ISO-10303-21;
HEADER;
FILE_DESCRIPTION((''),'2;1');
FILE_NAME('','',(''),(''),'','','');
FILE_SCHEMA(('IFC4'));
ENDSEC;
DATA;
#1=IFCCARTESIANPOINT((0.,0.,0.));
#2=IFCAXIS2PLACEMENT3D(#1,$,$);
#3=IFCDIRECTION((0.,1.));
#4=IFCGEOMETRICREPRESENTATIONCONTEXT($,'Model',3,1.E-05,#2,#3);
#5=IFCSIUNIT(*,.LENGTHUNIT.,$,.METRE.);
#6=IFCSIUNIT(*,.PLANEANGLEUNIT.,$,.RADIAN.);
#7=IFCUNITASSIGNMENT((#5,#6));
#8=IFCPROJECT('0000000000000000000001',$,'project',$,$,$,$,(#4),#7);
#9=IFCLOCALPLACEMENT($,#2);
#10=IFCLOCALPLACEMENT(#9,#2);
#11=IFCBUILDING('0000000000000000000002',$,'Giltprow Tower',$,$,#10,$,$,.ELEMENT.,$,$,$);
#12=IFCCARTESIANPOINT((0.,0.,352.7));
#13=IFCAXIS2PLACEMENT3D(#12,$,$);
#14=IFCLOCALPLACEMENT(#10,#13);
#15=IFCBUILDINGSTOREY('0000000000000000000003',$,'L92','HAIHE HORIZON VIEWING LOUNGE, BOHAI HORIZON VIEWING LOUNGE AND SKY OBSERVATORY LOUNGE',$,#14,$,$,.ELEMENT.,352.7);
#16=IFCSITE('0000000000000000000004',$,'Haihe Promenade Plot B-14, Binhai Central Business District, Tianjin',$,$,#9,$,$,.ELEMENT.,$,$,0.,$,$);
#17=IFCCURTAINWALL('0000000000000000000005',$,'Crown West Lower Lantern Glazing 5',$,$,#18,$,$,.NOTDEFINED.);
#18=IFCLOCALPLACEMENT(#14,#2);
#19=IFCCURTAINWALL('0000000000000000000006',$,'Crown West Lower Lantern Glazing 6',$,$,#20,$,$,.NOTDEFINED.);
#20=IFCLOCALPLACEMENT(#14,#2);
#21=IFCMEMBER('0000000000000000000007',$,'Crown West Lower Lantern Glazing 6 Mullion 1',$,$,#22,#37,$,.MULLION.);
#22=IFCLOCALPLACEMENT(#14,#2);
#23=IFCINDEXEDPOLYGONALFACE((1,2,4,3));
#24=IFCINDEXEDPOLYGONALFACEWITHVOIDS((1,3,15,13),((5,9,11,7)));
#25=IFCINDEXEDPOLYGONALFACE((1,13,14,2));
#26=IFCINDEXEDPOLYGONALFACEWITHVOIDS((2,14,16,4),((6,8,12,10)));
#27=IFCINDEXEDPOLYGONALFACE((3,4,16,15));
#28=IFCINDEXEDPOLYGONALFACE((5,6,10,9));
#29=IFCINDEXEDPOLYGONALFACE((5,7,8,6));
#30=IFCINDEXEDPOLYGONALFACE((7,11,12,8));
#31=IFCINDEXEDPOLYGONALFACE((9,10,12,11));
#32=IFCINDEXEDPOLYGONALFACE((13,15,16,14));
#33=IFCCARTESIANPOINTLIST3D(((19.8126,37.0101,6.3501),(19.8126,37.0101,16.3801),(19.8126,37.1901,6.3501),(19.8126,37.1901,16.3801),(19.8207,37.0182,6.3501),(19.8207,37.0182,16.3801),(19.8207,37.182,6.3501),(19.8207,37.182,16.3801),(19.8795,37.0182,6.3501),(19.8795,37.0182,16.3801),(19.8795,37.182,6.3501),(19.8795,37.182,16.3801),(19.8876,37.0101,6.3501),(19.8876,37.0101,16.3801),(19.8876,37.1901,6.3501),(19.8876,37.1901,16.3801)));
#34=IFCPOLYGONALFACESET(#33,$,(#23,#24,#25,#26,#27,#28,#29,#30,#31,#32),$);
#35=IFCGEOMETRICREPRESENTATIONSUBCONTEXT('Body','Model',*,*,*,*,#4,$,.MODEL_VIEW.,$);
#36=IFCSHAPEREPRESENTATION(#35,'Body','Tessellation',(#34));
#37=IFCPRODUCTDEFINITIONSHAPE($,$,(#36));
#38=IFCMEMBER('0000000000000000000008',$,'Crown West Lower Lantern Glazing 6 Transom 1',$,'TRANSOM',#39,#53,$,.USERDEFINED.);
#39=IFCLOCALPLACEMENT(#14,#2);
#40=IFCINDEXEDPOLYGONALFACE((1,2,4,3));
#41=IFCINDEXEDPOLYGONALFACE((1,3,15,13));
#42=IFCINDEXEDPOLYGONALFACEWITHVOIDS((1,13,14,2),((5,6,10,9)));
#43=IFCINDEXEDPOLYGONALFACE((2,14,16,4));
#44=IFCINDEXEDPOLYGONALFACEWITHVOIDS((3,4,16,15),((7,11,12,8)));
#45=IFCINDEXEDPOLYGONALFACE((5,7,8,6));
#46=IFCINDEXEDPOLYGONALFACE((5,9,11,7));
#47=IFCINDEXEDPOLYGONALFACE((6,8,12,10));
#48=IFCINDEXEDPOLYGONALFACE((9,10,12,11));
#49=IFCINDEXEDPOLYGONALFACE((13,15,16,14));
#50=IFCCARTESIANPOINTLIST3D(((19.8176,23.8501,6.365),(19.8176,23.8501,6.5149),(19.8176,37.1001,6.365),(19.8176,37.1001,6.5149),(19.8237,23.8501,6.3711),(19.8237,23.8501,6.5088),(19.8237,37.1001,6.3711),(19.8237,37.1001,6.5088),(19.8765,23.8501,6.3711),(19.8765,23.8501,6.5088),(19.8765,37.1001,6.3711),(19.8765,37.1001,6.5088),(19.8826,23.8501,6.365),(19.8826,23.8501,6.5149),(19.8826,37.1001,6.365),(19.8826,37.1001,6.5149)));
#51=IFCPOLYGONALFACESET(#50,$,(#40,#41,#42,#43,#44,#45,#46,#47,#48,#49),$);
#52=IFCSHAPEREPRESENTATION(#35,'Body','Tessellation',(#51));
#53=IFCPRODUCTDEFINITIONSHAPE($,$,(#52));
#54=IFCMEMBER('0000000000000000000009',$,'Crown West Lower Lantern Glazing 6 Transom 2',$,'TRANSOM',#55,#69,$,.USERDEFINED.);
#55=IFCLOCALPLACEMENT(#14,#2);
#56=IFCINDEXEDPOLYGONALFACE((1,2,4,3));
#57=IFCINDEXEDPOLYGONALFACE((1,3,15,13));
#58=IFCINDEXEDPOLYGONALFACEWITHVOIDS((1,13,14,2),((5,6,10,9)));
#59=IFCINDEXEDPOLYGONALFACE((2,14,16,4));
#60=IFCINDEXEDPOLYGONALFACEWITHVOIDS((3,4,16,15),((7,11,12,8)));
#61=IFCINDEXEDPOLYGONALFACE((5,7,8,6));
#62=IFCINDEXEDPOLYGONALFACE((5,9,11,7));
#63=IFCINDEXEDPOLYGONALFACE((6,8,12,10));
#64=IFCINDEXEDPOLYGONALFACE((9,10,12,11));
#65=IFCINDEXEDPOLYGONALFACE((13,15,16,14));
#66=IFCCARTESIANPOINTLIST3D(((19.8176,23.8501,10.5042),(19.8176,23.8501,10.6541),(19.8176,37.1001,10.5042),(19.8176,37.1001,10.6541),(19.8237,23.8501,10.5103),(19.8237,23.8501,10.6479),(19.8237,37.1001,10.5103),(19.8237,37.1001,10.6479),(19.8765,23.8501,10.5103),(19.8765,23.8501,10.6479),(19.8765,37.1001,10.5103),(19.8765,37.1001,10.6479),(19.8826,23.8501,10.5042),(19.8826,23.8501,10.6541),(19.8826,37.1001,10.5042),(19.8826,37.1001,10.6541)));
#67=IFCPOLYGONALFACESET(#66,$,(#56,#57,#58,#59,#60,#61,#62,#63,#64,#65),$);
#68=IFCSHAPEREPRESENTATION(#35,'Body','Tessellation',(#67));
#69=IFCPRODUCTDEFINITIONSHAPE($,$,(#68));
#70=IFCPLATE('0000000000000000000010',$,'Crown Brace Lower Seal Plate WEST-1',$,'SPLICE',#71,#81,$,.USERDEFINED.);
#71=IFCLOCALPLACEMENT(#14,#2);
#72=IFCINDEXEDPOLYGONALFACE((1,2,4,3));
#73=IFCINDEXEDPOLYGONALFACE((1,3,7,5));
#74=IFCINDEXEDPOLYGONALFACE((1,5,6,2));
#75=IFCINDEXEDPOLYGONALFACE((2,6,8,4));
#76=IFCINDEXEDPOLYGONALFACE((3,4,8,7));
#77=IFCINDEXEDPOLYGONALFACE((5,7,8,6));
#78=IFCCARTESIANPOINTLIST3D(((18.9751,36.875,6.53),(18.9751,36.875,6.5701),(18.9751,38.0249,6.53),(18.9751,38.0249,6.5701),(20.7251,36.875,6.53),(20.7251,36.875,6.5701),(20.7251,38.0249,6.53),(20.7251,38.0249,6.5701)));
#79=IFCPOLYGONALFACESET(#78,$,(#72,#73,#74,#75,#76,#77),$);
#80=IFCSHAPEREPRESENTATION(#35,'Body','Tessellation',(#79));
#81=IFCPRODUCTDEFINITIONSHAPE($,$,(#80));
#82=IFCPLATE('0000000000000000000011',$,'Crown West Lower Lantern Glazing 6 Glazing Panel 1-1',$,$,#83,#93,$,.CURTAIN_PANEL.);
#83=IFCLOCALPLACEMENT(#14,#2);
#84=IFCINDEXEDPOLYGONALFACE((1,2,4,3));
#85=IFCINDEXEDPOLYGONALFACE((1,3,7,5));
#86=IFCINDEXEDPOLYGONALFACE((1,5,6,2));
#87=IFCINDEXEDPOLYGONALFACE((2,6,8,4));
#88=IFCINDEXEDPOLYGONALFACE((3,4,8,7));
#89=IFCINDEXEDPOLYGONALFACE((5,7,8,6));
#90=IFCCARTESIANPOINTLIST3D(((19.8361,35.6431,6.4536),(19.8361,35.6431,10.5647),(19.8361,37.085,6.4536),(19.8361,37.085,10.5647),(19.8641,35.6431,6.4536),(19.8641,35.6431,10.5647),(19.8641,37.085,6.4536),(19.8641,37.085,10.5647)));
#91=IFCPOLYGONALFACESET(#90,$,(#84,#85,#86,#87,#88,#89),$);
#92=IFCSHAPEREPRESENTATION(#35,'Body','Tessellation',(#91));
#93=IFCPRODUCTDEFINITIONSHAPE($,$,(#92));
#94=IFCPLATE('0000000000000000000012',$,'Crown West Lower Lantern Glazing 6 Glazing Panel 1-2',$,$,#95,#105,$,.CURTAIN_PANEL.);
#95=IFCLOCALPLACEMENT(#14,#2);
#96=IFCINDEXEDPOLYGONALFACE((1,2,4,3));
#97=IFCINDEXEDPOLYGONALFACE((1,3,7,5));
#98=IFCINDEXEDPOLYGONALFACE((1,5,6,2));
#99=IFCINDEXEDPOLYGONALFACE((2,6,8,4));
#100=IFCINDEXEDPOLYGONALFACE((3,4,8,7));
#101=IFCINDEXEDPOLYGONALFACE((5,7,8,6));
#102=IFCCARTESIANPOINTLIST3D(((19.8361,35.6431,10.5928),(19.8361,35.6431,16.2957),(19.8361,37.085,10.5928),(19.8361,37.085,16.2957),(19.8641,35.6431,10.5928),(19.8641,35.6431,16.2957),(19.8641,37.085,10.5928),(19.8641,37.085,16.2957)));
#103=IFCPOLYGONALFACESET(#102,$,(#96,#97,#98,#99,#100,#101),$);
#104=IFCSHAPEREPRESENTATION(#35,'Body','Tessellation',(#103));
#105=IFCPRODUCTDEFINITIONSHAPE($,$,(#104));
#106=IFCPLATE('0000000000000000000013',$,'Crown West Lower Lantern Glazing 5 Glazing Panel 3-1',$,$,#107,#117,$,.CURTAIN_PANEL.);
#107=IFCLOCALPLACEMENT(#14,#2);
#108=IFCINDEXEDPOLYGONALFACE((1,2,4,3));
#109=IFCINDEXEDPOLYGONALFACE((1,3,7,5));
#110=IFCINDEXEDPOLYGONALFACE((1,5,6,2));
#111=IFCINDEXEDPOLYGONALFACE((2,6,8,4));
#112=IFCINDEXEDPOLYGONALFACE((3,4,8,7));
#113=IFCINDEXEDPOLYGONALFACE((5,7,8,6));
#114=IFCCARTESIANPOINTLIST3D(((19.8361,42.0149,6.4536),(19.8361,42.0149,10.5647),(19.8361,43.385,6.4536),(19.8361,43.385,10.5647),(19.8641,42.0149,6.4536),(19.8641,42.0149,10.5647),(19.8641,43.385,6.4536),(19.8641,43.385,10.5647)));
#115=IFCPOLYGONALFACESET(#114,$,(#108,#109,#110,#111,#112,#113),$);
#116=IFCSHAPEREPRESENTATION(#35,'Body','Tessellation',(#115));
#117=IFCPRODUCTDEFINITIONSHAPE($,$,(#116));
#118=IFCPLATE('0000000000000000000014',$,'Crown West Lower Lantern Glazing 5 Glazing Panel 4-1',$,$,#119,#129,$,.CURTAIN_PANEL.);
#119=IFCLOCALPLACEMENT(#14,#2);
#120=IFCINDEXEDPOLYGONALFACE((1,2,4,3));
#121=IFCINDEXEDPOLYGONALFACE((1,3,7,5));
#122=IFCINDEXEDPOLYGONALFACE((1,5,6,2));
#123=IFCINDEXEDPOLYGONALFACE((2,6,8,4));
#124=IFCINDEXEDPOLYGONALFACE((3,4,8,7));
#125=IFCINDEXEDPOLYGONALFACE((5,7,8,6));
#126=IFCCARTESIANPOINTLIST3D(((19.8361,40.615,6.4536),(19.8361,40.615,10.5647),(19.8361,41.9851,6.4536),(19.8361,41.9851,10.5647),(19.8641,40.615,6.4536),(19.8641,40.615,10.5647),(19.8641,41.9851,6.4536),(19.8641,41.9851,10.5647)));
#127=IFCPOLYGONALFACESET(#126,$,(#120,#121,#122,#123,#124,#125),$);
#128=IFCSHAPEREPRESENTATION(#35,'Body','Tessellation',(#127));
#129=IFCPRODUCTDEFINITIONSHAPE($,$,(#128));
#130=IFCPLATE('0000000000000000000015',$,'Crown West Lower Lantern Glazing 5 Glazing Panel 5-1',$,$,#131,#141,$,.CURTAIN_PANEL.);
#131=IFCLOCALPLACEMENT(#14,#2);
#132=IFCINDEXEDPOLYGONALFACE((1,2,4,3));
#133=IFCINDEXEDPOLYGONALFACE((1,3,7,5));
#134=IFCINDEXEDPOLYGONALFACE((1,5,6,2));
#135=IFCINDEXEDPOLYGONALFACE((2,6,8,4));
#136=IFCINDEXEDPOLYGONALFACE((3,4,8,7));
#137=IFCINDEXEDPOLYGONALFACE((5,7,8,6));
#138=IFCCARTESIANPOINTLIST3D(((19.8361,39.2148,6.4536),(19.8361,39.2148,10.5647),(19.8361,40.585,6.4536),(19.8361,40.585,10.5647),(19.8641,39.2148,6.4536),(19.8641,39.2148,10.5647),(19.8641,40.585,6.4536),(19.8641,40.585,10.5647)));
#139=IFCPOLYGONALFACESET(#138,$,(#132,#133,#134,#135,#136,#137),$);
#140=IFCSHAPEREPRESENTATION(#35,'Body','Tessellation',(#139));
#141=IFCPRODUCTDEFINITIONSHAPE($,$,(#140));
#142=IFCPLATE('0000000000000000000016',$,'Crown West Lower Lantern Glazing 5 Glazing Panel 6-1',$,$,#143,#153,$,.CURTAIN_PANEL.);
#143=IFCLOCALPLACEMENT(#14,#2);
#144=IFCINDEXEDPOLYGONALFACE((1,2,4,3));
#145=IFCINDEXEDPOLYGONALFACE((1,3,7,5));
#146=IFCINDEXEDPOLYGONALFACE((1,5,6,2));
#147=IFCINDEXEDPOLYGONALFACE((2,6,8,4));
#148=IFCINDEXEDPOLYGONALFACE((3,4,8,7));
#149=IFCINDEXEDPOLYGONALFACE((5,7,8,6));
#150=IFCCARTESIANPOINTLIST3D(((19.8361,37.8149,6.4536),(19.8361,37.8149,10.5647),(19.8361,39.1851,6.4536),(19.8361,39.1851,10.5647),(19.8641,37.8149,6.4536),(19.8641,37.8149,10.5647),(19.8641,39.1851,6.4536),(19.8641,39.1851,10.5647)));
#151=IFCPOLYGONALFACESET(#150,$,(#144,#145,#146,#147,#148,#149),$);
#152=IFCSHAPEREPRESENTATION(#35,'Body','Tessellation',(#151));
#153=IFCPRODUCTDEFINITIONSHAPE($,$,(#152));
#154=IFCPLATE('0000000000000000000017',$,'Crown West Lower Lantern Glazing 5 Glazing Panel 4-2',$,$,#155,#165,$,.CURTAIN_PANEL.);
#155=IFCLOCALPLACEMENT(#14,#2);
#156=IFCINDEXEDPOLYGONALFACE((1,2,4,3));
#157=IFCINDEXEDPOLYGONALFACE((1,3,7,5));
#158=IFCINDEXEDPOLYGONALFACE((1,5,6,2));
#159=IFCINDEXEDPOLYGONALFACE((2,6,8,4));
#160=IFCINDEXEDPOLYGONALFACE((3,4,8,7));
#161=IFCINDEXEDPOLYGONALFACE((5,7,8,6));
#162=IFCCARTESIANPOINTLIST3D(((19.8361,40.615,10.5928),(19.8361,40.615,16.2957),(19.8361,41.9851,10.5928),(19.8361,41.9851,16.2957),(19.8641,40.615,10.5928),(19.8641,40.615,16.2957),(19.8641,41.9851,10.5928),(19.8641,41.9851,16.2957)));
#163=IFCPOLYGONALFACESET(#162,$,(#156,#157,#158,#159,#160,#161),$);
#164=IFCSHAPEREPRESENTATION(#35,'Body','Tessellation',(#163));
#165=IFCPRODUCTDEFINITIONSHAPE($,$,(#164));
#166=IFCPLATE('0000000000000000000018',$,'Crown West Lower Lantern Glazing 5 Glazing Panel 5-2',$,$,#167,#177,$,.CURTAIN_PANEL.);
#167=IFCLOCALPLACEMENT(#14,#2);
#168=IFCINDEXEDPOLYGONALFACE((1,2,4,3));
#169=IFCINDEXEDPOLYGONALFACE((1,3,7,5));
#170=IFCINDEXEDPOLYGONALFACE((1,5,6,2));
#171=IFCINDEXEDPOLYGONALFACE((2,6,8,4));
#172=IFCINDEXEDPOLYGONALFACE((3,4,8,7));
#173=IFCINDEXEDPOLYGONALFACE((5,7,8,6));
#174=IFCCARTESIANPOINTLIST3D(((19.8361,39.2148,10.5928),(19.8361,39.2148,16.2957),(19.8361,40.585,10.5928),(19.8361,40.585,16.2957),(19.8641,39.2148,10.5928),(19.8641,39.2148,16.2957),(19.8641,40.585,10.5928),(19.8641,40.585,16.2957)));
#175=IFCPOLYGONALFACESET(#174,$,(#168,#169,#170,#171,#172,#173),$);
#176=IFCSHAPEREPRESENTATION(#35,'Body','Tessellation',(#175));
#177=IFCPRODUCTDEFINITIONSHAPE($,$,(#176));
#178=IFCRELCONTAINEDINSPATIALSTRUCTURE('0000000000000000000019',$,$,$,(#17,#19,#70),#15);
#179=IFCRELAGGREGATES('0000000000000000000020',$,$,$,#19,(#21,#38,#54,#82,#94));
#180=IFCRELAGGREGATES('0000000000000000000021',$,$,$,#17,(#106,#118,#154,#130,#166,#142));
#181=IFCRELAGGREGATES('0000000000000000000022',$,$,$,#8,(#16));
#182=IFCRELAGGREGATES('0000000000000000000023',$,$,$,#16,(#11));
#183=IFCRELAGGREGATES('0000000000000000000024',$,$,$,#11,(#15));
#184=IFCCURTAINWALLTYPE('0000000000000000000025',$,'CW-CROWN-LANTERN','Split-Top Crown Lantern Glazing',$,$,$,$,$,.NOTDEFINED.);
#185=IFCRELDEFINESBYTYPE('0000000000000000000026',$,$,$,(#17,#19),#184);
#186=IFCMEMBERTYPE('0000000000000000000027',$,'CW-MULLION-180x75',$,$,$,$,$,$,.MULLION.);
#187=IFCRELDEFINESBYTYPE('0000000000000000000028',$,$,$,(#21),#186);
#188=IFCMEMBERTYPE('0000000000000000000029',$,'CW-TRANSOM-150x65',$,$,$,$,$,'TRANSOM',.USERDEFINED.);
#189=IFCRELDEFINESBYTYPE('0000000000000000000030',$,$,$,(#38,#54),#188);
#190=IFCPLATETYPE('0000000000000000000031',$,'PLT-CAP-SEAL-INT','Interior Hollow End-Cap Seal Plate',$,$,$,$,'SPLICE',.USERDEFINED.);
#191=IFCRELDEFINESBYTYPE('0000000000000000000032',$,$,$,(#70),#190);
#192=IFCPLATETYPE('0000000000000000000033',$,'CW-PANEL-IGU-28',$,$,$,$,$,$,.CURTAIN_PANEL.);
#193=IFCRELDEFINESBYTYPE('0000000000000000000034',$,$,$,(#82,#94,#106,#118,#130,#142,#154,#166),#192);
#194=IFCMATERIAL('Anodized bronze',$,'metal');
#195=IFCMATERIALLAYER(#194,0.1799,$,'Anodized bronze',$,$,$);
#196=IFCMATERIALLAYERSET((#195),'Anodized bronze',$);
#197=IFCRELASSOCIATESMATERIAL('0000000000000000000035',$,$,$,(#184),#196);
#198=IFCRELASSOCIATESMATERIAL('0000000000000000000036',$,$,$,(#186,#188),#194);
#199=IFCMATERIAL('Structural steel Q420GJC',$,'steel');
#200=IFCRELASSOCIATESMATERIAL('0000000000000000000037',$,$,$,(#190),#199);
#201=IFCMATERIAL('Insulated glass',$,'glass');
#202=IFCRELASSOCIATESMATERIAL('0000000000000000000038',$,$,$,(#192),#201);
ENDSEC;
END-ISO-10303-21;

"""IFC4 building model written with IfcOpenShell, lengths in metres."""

from ifc_helpers import new_model, si_unit, direction, frame, origin, origin_2d, place, context, subcontext, project, spatial, rectangle, hollow_rectangle, extrude, source, transform, mapped, material, layer, layer_set, material_profile, profile_set, type_object, element, aggregate, save


model = new_model("IFC4")

# Units and contexts
model_context = context("Model", 3, precision=1e-05, world=origin(), true_north=direction((0.0, 1.0)))
body_context = subcontext(model_context, "Body", "Model", "MODEL_VIEW")
ifc_project = project(units=[si_unit("LENGTHUNIT", "METRE"), si_unit("PLANEANGLEUNIT", "RADIAN")], contexts=[model_context])

# Site, building, storey
site_placement = place(None, origin())
site = spatial("IfcSite", under=ifc_project, at=site_placement, Name="Haihe Promenade Plot B-14, Binhai Central Business District, Tianjin", CompositionType="ELEMENT", RefElevation=0.0)
building_placement = place(site_placement, origin())
building = spatial("IfcBuilding", under=site, at=building_placement, Name="Giltprow Tower", CompositionType="ELEMENT")
storey_placement = place(building_placement, frame((0.0, 0.0, 352.7)))
storey = spatial("IfcBuildingStorey", under=building, at=storey_placement, Name="L92", Description="HAIHE HORIZON VIEWING LOUNGE, BOHAI HORIZON VIEWING LOUNGE AND SKY OBSERVATORY LOUNGE", CompositionType="ELEMENT", Elevation=352.7)

# Curtain walls, members
ifc_material_1 = material(Name="Anodized bronze", Category="metal")
ifc_layer_1 = layer(ifc_material_1, 0.1799, Name="Anodized bronze")
ifc_layer_set_1 = layer_set([ifc_layer_1], Name="Anodized bronze")
curtain_wall_type = type_object("IfcCurtainWallType", Name="CW-CROWN-LANTERN", Description="Split-Top Crown Lantern Glazing", PredefinedType="NOTDEFINED", material=ifc_layer_set_1)
curtain_wall_1_placement = place(storey_placement, origin())
curtain_wall_1 = element("IfcCurtainWall", 1, at=curtain_wall_1_placement, inside=storey, type_object=curtain_wall_type, Name="Crown West Lower Lantern Glazing 5", PredefinedType="NOTDEFINED")
ifc_material_profile_1 = material_profile(ifc_material_1, hollow_rectangle(XDim=0.075, YDim=0.1799, WallThickness=0.0081, at=origin_2d()), Name="RHS 180x75x8")
ifc_profile_set_1 = profile_set([ifc_material_profile_1], Name="Anodized bronze")
member_type_1 = type_object("IfcMemberType", Name="CW-MULLION-180x75", PredefinedType="MULLION", material=ifc_profile_set_1)
shared_shape_1 = source(origin(), body_context, "Body", "SweptSolid", [
    extrude(hollow_rectangle(XDim=0.075, YDim=0.1799, WallThickness=0.0081, at=origin_2d()), origin(), (0.0, 0.0, 1.0), 10.03),
])
curtain_wall_2_placement = place(storey_placement, origin())
curtain_wall_2 = element("IfcCurtainWall", 2, at=curtain_wall_2_placement, inside=storey, type_object=curtain_wall_type, Name="Crown West Lower Lantern Glazing 6", PredefinedType="NOTDEFINED")
member_1_placement = place(storey_placement, frame((19.8501, 37.1001, 6.3501), z_axis=(0.0, 0.0, 1.0), x_axis=(1.0, 0.0, 0.0)))
member_1 = element("IfcMember", 3, at=member_1_placement, type_object=member_type_1, Name="Crown West Lower Lantern Glazing 6 Mullion 1", PredefinedType="MULLION", context=body_context, shape_type="MappedRepresentation", body=[
    mapped(shared_shape_1, transform((0.0, 0.0, 0.0), x_axis=(1.0, 0.0, 0.0), y_axis=(0.0, 1.0, 0.0), z_axis=(0.0, 0.0, 1.0), scale=1.0)),
])
ifc_material_profile_2 = material_profile(ifc_material_1, hollow_rectangle(XDim=0.0649, YDim=0.1499, WallThickness=0.0061, at=origin_2d()), Name="RHS 150x65x6")
ifc_profile_set_2 = profile_set([ifc_material_profile_2], Name="Anodized bronze")
member_type_2 = type_object("IfcMemberType", Name="CW-TRANSOM-150x65", ElementType="TRANSOM", PredefinedType="USERDEFINED", material=ifc_profile_set_2)
shared_shape_2 = source(origin(), body_context, "Body", "SweptSolid", [
    extrude(hollow_rectangle(XDim=0.0649, YDim=0.1499, WallThickness=0.0061, at=origin_2d()), origin(), (0.0, 0.0, 1.0), 13.25),
])
member_2_placement = place(storey_placement, frame((19.8501, 37.1001, 6.4399), z_axis=(0.0, -1.0, 0.0), x_axis=(1.0, 0.0, 0.0)))
member_2 = element("IfcMember", 4, at=member_2_placement, type_object=member_type_2, Name="Crown West Lower Lantern Glazing 6 Transom 1", ObjectType="TRANSOM", PredefinedType="USERDEFINED", context=body_context, shape_type="MappedRepresentation", body=[
    mapped(shared_shape_2, transform((0.0, 0.0, 0.0), x_axis=(1.0, 0.0, 0.0), y_axis=(0.0, 1.0, 0.0), z_axis=(0.0, 0.0, 1.0), scale=1.0)),
])
member_3_placement = place(storey_placement, frame((19.8501, 37.1001, 10.5791), z_axis=(0.0, -1.0, 0.0), x_axis=(1.0, 0.0, 0.0)))
member_3 = element("IfcMember", 5, at=member_3_placement, type_object=member_type_2, Name="Crown West Lower Lantern Glazing 6 Transom 2", ObjectType="TRANSOM", PredefinedType="USERDEFINED", context=body_context, shape_type="MappedRepresentation", body=[
    mapped(shared_shape_2, transform((0.0, 0.0, 0.0), x_axis=(1.0, 0.0, 0.0), y_axis=(0.0, 1.0, 0.0), z_axis=(0.0, 0.0, 1.0), scale=1.0)),
])

# Plates
ifc_material_2 = material(Name="Structural steel Q420GJC", Category="steel")
plate_type_1 = type_object("IfcPlateType", Name="PLT-CAP-SEAL-INT", Description="Interior Hollow End-Cap Seal Plate", ElementType="SPLICE", PredefinedType="USERDEFINED", material=ifc_material_2)
shared_shape_3 = source(origin(), body_context, "Body", "SweptSolid", [
    extrude(rectangle(XDim=1.75, YDim=1.1499, at=origin_2d()), origin(), (0.0, 0.0, 1.0), 0.04),
])
plate_1_placement = place(storey_placement, frame((19.8501, 37.45, 6.53), z_axis=(0.0, 0.0, 1.0), x_axis=(1.0, 0.0, 0.0)))
element("IfcPlate", 6, at=plate_1_placement, inside=storey, type_object=plate_type_1, Name="Crown Brace Lower Seal Plate WEST-1", ObjectType="SPLICE", PredefinedType="USERDEFINED", context=body_context, shape_type="MappedRepresentation", body=[
    mapped(shared_shape_3, transform((0.0, 0.0, 0.0), x_axis=(1.0, 0.0, 0.0), y_axis=(0.0, 1.0, 0.0), z_axis=(0.0, 0.0, 1.0), scale=1.0)),
])
ifc_material_3 = material(Name="Insulated glass", Category="glass")
plate_type_2 = type_object("IfcPlateType", Name="CW-PANEL-IGU-28", PredefinedType="CURTAIN_PANEL", material=ifc_material_3)
shared_shape_4 = source(origin(), body_context, "Body", "SweptSolid", [
    extrude(rectangle(XDim=1.4419, YDim=0.0281, at=origin_2d()), origin(), (0.0, 0.0, 1.0), 4.1111),
])
plate_2_placement = place(storey_placement, frame((19.8501, 36.364, 6.4536), z_axis=(0.0, 0.0, 1.0), x_axis=(0.0, -1.0, 0.0)))
plate_2 = element("IfcPlate", 7, at=plate_2_placement, type_object=plate_type_2, Name="Crown West Lower Lantern Glazing 6 Glazing Panel 1-1", PredefinedType="CURTAIN_PANEL", context=body_context, shape_type="MappedRepresentation", body=[
    mapped(shared_shape_4, transform((0.0, 0.0, 0.0), x_axis=(1.0, 0.0, 0.0), y_axis=(0.0, 1.0, 0.0), z_axis=(0.0, 0.0, 1.0), scale=1.0)),
])
shared_shape_5 = source(origin(), body_context, "Body", "SweptSolid", [
    extrude(rectangle(XDim=1.4419, YDim=0.0281, at=origin_2d()), origin(), (0.0, 0.0, 1.0), 5.7029),
])
plate_3_placement = place(storey_placement, frame((19.8501, 36.364, 10.5928), z_axis=(0.0, 0.0, 1.0), x_axis=(0.0, -1.0, 0.0)))
plate_3 = element("IfcPlate", 8, at=plate_3_placement, type_object=plate_type_2, Name="Crown West Lower Lantern Glazing 6 Glazing Panel 1-2", PredefinedType="CURTAIN_PANEL", context=body_context, shape_type="MappedRepresentation", body=[
    mapped(shared_shape_5, transform((0.0, 0.0, 0.0), x_axis=(1.0, 0.0, 0.0), y_axis=(0.0, 1.0, 0.0), z_axis=(0.0, 0.0, 1.0), scale=1.0)),
])
aggregate(curtain_wall_2, [member_1, member_2, member_3, plate_2, plate_3])
shared_shape_6 = source(origin(), body_context, "Body", "SweptSolid", [
    extrude(rectangle(XDim=1.3701, YDim=0.0281, at=origin_2d()), origin(), (0.0, 0.0, 1.0), 4.1111),
])
plate_4_placement = place(storey_placement, frame((19.8501, 42.7, 6.4536), z_axis=(0.0, 0.0, 1.0), x_axis=(0.0, -1.0, 0.0)))
plate_4 = element("IfcPlate", 9, at=plate_4_placement, type_object=plate_type_2, Name="Crown West Lower Lantern Glazing 5 Glazing Panel 3-1", PredefinedType="CURTAIN_PANEL", context=body_context, shape_type="MappedRepresentation", body=[
    mapped(shared_shape_6, transform((0.0, 0.0, 0.0), x_axis=(1.0, 0.0, 0.0), y_axis=(0.0, 1.0, 0.0), z_axis=(0.0, 0.0, 1.0), scale=1.0)),
])
plate_5_placement = place(storey_placement, frame((19.8501, 41.3, 6.4536), z_axis=(0.0, 0.0, 1.0), x_axis=(0.0, -1.0, 0.0)))
plate_5 = element("IfcPlate", 10, at=plate_5_placement, type_object=plate_type_2, Name="Crown West Lower Lantern Glazing 5 Glazing Panel 4-1", PredefinedType="CURTAIN_PANEL", context=body_context, shape_type="MappedRepresentation", body=[
    mapped(shared_shape_6, transform((0.0, 0.0, 0.0), x_axis=(1.0, 0.0, 0.0), y_axis=(0.0, 1.0, 0.0), z_axis=(0.0, 0.0, 1.0), scale=1.0)),
])
plate_6_placement = place(storey_placement, frame((19.8501, 39.8999, 6.4536), z_axis=(0.0, 0.0, 1.0), x_axis=(0.0, -1.0, 0.0)))
plate_6 = element("IfcPlate", 11, at=plate_6_placement, type_object=plate_type_2, Name="Crown West Lower Lantern Glazing 5 Glazing Panel 5-1", PredefinedType="CURTAIN_PANEL", context=body_context, shape_type="MappedRepresentation", body=[
    mapped(shared_shape_6, transform((0.0, 0.0, 0.0), x_axis=(1.0, 0.0, 0.0), y_axis=(0.0, 1.0, 0.0), z_axis=(0.0, 0.0, 1.0), scale=1.0)),
])
plate_7_placement = place(storey_placement, frame((19.8501, 38.5, 6.4536), z_axis=(0.0, 0.0, 1.0), x_axis=(0.0, -1.0, 0.0)))
plate_7 = element("IfcPlate", 12, at=plate_7_placement, type_object=plate_type_2, Name="Crown West Lower Lantern Glazing 5 Glazing Panel 6-1", PredefinedType="CURTAIN_PANEL", context=body_context, shape_type="MappedRepresentation", body=[
    mapped(shared_shape_6, transform((0.0, 0.0, 0.0), x_axis=(1.0, 0.0, 0.0), y_axis=(0.0, 1.0, 0.0), z_axis=(0.0, 0.0, 1.0), scale=1.0)),
])
shared_shape_7 = source(origin(), body_context, "Body", "SweptSolid", [
    extrude(rectangle(XDim=1.3701, YDim=0.0281, at=origin_2d()), origin(), (0.0, 0.0, 1.0), 5.7029),
])
plate_8_placement = place(storey_placement, frame((19.8501, 41.3, 10.5928), z_axis=(0.0, 0.0, 1.0), x_axis=(0.0, -1.0, 0.0)))
plate_8 = element("IfcPlate", 13, at=plate_8_placement, type_object=plate_type_2, Name="Crown West Lower Lantern Glazing 5 Glazing Panel 4-2", PredefinedType="CURTAIN_PANEL", context=body_context, shape_type="MappedRepresentation", body=[
    mapped(shared_shape_7, transform((0.0, 0.0, 0.0), x_axis=(1.0, 0.0, 0.0), y_axis=(0.0, 1.0, 0.0), z_axis=(0.0, 0.0, 1.0), scale=1.0)),
])
plate_9_placement = place(storey_placement, frame((19.8501, 39.8999, 10.5928), z_axis=(0.0, 0.0, 1.0), x_axis=(0.0, -1.0, 0.0)))
plate_9 = element("IfcPlate", 14, at=plate_9_placement, type_object=plate_type_2, Name="Crown West Lower Lantern Glazing 5 Glazing Panel 5-2", PredefinedType="CURTAIN_PANEL", context=body_context, shape_type="MappedRepresentation", body=[
    mapped(shared_shape_7, transform((0.0, 0.0, 0.0), x_axis=(1.0, 0.0, 0.0), y_axis=(0.0, 1.0, 0.0), z_axis=(0.0, 0.0, 1.0), scale=1.0)),
])
aggregate(curtain_wall_1, [plate_4, plate_5, plate_8, plate_6, plate_9, plate_7])

save(model, "model.ifc")
